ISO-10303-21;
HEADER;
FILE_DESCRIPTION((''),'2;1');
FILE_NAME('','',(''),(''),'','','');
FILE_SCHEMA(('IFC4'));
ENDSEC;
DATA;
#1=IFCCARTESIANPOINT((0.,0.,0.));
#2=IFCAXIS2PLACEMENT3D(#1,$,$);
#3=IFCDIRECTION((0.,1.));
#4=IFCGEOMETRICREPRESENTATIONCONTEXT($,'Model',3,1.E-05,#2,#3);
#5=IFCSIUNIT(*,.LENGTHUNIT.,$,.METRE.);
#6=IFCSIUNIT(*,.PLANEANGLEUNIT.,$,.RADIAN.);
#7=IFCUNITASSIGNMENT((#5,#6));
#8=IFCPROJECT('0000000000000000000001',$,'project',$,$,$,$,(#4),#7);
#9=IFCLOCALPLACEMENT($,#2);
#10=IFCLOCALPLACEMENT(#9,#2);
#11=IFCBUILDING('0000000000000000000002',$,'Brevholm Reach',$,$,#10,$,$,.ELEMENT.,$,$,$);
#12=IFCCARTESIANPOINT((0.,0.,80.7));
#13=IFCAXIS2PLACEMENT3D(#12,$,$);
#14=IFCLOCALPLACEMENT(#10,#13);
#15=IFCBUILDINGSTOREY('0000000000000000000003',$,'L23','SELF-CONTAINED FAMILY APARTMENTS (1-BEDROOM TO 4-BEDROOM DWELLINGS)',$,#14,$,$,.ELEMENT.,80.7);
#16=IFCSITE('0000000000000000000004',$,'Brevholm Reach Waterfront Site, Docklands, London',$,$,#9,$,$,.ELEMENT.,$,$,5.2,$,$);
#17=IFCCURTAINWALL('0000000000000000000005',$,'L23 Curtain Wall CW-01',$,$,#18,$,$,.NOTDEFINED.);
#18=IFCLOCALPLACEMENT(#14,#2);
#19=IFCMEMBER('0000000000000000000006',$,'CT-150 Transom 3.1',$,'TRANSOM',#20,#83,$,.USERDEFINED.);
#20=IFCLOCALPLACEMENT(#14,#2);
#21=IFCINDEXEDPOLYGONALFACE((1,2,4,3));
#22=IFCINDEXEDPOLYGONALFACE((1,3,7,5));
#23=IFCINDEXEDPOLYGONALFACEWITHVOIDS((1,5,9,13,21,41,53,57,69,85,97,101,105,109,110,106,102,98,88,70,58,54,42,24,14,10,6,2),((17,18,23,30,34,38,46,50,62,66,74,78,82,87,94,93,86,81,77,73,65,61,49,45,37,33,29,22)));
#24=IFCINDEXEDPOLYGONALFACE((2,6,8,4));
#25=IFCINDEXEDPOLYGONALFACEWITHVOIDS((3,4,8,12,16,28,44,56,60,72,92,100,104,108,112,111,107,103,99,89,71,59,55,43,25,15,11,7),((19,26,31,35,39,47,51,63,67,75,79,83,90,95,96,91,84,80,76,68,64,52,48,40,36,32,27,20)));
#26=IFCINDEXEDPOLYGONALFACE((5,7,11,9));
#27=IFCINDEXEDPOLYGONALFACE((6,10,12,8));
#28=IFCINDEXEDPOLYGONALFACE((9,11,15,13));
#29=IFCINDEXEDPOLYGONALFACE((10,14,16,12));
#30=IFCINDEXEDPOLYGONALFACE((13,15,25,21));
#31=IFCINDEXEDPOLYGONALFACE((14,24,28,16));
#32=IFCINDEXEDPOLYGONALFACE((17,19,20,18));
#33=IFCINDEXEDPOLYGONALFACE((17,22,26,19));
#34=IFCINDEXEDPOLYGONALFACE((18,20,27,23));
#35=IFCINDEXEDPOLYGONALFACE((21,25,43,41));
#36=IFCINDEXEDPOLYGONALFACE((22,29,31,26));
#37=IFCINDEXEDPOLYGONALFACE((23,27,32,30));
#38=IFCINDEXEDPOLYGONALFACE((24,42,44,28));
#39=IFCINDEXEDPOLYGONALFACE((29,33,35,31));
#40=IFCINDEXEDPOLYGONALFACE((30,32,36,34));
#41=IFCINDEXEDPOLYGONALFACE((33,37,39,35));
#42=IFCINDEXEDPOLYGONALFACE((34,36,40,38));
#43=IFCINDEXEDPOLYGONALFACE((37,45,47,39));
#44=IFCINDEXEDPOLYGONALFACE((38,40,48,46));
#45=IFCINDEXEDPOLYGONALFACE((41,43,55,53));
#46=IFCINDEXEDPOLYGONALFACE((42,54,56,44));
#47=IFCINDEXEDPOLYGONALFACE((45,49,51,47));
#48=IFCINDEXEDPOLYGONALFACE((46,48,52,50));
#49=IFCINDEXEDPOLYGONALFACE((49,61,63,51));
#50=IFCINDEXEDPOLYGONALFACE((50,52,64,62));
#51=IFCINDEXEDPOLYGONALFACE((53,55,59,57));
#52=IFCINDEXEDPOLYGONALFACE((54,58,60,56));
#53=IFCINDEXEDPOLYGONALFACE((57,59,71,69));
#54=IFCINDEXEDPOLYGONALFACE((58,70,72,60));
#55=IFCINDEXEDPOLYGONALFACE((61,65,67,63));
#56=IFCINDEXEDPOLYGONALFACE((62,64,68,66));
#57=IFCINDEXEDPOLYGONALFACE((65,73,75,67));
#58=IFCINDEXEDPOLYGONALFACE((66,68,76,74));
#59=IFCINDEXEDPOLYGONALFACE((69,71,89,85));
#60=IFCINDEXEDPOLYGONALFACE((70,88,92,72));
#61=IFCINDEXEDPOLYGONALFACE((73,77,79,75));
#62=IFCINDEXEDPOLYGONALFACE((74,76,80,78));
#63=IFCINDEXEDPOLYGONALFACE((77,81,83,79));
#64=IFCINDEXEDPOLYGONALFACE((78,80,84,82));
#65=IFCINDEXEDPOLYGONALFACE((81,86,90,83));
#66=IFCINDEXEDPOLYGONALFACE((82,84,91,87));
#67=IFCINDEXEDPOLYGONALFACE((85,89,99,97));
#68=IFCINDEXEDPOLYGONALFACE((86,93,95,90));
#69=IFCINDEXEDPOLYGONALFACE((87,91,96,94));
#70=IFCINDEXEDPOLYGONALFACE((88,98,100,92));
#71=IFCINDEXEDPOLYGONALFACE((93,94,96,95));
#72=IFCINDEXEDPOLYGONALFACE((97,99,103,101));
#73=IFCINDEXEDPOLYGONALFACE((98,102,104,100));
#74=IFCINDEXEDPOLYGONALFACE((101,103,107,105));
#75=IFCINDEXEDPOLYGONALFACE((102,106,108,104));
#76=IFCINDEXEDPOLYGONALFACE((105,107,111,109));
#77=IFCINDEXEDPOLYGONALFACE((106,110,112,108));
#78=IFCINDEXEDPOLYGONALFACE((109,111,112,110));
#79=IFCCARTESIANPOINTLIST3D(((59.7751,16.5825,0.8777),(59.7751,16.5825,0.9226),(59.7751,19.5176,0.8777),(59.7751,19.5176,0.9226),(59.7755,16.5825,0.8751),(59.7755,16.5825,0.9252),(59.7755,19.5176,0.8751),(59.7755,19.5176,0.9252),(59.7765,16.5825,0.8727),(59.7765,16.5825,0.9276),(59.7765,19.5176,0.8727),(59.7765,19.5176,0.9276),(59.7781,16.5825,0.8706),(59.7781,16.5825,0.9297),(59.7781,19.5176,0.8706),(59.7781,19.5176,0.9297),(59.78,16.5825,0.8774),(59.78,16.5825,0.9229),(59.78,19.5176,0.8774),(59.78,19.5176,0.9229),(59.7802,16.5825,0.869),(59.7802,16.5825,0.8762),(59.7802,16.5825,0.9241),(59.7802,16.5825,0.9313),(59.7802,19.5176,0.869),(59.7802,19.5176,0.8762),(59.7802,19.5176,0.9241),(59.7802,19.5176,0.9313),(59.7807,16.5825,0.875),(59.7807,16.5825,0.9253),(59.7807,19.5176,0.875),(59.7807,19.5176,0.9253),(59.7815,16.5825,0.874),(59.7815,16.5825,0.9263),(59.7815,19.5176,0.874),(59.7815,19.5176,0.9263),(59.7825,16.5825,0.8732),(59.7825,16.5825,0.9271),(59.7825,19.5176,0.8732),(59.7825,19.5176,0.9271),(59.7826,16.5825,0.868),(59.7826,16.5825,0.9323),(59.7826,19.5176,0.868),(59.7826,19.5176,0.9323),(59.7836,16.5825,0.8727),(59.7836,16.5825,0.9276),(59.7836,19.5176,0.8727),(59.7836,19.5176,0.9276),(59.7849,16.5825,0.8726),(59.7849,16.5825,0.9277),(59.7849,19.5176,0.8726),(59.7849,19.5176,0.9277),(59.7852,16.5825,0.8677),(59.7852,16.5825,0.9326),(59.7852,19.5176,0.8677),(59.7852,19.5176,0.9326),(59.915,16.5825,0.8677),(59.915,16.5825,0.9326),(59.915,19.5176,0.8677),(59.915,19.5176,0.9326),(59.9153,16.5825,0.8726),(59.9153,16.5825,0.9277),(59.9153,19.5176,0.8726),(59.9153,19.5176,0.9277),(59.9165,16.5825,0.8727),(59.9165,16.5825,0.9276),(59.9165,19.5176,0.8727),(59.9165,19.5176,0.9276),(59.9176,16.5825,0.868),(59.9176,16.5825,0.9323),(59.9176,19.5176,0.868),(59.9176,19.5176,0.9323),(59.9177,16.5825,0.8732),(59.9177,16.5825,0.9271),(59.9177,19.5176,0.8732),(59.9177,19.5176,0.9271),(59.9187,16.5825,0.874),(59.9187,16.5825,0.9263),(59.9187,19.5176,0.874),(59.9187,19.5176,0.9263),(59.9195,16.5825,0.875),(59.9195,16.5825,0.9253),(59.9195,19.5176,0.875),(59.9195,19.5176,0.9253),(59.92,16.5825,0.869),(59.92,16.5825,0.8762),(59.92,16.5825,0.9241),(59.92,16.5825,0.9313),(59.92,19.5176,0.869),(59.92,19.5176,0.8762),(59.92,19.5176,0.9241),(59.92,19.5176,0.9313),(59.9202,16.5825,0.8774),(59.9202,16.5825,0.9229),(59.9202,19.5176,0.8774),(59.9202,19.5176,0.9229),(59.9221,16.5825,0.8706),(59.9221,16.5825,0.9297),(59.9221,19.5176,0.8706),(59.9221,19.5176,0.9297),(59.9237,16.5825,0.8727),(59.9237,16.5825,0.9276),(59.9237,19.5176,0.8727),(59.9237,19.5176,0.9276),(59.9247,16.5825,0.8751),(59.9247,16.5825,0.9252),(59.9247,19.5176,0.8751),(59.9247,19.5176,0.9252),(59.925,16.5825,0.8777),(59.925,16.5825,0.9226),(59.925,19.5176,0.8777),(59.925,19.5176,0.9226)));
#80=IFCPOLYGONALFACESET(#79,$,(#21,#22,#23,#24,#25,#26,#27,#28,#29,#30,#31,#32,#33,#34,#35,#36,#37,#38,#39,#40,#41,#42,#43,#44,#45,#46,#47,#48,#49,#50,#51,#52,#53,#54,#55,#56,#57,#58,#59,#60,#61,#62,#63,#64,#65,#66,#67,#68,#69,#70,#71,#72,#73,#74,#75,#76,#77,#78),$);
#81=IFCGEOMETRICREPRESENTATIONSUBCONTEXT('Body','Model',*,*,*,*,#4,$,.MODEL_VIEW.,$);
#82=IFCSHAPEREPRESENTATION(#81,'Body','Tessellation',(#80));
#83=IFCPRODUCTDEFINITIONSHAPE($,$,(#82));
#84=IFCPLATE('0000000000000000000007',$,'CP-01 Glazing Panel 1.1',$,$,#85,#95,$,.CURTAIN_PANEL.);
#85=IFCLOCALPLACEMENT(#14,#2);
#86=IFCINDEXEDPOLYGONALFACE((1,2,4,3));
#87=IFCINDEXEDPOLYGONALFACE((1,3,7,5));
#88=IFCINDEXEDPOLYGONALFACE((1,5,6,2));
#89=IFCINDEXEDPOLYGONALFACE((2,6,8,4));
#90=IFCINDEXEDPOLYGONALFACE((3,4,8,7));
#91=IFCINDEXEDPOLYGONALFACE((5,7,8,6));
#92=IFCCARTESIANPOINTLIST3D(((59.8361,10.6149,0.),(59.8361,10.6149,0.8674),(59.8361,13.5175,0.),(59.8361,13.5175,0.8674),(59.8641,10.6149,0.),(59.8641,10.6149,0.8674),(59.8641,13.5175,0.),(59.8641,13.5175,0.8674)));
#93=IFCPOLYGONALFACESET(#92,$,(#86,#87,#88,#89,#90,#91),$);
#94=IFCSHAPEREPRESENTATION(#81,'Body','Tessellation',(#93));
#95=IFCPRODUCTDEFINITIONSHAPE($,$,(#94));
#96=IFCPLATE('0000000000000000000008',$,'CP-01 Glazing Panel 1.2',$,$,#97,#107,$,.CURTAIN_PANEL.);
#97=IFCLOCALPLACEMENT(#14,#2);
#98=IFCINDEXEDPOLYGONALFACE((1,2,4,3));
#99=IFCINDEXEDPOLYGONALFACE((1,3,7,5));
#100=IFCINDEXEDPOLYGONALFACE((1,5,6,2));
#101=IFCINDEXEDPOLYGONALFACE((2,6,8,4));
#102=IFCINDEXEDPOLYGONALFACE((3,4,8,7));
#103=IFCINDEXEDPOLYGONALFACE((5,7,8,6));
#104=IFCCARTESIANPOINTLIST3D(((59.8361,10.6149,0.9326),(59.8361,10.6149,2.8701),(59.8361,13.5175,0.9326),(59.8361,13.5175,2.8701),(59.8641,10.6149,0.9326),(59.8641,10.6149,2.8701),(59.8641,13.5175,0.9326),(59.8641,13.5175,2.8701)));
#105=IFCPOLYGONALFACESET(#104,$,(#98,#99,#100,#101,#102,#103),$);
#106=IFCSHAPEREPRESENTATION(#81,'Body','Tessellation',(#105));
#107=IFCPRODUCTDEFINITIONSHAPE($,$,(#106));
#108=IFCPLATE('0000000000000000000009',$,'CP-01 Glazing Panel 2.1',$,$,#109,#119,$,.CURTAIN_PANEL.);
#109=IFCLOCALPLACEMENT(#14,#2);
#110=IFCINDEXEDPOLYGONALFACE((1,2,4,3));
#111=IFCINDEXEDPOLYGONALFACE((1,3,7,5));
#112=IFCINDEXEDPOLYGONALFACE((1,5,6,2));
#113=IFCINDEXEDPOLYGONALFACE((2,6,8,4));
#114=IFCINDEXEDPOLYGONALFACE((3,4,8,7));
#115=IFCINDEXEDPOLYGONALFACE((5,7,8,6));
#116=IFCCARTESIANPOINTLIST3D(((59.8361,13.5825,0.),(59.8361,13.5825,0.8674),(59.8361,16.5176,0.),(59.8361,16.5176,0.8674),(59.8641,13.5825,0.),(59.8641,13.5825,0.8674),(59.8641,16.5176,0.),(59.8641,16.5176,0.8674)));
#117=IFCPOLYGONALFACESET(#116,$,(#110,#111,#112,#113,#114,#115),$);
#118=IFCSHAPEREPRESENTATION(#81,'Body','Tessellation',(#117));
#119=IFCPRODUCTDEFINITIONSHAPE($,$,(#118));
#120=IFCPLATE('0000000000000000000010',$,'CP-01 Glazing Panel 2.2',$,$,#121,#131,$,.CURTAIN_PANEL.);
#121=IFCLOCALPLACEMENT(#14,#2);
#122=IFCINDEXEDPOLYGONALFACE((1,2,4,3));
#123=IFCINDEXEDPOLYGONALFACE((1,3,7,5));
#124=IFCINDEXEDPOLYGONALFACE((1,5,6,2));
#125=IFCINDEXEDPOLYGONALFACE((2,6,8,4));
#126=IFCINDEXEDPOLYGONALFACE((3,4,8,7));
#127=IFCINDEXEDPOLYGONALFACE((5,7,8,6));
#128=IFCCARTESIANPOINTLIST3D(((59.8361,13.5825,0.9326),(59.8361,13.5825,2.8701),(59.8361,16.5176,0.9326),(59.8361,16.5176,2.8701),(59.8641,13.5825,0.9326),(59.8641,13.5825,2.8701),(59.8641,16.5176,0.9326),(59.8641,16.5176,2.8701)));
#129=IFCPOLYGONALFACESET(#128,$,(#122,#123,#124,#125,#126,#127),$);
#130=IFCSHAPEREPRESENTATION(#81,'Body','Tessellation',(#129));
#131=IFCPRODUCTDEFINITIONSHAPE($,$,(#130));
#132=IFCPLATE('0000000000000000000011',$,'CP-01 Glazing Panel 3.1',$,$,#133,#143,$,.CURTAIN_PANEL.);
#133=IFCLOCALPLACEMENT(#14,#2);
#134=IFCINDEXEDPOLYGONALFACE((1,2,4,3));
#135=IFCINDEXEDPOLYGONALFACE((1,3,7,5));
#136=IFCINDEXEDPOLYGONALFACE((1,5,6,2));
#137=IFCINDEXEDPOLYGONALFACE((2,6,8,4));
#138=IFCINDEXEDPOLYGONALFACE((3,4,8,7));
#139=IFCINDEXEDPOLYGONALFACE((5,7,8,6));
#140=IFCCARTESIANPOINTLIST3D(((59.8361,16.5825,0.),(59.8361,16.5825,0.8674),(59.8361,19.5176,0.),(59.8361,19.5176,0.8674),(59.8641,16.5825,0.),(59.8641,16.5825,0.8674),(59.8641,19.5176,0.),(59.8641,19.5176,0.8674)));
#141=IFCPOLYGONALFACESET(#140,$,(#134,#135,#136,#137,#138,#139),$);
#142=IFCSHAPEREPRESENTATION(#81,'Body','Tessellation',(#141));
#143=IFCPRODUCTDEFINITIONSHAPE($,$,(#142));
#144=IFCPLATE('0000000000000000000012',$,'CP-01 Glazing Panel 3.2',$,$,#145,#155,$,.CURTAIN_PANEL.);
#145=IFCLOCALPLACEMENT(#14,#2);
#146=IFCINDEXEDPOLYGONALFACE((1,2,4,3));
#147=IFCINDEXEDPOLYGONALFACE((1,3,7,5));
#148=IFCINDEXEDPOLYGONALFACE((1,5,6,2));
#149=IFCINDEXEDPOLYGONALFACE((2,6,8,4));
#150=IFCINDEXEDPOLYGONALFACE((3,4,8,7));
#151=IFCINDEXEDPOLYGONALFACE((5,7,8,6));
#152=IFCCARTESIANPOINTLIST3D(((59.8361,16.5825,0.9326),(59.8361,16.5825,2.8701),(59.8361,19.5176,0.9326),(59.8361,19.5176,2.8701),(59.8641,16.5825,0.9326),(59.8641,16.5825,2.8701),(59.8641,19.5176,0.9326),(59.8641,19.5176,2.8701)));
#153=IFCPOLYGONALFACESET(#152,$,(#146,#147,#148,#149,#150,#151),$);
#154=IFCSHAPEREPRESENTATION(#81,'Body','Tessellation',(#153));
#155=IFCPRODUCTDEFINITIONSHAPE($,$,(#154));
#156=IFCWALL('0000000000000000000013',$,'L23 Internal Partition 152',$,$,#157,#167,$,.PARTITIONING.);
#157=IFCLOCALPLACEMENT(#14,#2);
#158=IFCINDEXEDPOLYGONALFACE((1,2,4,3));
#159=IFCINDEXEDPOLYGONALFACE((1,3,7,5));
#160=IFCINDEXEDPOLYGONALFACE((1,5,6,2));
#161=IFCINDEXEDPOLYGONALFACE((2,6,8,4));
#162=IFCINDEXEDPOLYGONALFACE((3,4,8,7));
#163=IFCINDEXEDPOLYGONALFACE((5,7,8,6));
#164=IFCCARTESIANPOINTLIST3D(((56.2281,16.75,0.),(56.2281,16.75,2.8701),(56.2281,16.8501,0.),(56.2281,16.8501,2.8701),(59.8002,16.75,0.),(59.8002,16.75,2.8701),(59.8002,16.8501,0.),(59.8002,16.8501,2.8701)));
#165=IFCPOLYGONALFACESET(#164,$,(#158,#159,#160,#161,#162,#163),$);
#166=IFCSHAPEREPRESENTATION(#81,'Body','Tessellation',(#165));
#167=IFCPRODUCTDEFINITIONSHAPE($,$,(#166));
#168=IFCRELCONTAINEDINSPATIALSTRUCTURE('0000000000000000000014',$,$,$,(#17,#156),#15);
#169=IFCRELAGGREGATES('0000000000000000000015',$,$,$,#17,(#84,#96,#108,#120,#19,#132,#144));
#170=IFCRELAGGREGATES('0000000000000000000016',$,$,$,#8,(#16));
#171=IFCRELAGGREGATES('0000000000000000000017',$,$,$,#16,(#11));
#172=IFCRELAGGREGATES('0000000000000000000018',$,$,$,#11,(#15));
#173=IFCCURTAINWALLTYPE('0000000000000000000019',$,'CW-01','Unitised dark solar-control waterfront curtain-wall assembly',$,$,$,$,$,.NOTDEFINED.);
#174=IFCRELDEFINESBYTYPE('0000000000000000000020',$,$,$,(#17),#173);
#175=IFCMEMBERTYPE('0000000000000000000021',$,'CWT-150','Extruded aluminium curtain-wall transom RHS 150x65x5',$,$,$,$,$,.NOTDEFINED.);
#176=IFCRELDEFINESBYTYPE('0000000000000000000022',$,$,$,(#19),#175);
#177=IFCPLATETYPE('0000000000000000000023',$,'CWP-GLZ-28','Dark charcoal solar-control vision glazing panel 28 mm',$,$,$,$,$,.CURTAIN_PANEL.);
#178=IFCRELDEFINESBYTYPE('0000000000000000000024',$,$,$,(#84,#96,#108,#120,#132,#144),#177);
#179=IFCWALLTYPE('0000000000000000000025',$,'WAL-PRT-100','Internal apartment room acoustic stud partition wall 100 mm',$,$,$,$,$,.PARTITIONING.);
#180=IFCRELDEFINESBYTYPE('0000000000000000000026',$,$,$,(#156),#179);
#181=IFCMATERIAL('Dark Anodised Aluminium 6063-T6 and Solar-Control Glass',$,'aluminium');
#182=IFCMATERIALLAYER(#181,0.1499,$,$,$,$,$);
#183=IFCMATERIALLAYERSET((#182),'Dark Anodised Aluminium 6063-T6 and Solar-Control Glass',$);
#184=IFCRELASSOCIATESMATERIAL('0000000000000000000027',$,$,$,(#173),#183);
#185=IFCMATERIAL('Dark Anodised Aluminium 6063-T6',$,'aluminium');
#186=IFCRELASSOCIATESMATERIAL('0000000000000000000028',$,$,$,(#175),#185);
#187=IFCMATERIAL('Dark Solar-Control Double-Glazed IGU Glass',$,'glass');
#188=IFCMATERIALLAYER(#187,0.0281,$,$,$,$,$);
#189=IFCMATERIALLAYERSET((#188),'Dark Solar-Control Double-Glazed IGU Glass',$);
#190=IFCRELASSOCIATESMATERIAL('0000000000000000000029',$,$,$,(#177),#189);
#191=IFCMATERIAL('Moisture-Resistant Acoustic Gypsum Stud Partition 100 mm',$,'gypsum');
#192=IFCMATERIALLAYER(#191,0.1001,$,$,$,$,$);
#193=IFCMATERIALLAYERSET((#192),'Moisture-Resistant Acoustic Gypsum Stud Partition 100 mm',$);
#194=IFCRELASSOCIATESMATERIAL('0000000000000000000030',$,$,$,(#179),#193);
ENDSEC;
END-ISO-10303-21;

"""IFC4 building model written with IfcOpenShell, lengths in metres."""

from ifc_helpers import new_model, si_unit, direction, frame, frame_2d, origin, origin_2d, place, context, subcontext, project, spatial, rectangle, hollow_rectangle, extrude, material, layer, layer_set, material_profile, profile_set, type_object, element, aggregate, save


model = new_model("IFC4")

# Units and contexts
model_context = context("Model", 3, precision=1e-05, world=origin(), true_north=direction((0.0, 1.0)))
body_context = subcontext(model_context, "Body", "Model", "MODEL_VIEW")
ifc_project = project(units=[si_unit("LENGTHUNIT", "METRE"), si_unit("PLANEANGLEUNIT", "RADIAN")], contexts=[model_context])

# Site, building, storey
site_placement = place(None, origin())
site = spatial("IfcSite", under=ifc_project, at=site_placement, Name="Brevholm Reach Waterfront Site, Docklands, London", CompositionType="ELEMENT", RefElevation=5.2)
building_placement = place(site_placement, origin())
building = spatial("IfcBuilding", under=site, at=building_placement, Name="Brevholm Reach", CompositionType="ELEMENT")
storey_placement = place(building_placement, frame((0.0, 0.0, 80.7)))
storey = spatial("IfcBuildingStorey", under=building, at=storey_placement, Name="L23", Description="SELF-CONTAINED FAMILY APARTMENTS (1-BEDROOM TO 4-BEDROOM DWELLINGS)", CompositionType="ELEMENT", Elevation=80.7)

# Curtain wall, member, plates
ifc_material_1 = material(Name="Dark Anodised Aluminium 6063-T6 and Solar-Control Glass", Category="aluminium")
ifc_layer_1 = layer(ifc_material_1, 0.1499)
ifc_layer_set_1 = layer_set([ifc_layer_1], Name="Dark Anodised Aluminium 6063-T6 and Solar-Control Glass")
curtain_wall_type = type_object("IfcCurtainWallType", Name="CW-01", Description="Unitised dark solar-control waterfront curtain-wall assembly", PredefinedType="NOTDEFINED", material=ifc_layer_set_1)
curtain_wall_placement = place(storey_placement, origin())
curtain_wall = element("IfcCurtainWall", 1, at=curtain_wall_placement, inside=storey, type_object=curtain_wall_type, Name="L23 Curtain Wall CW-01", PredefinedType="NOTDEFINED")
ifc_material_2 = material(Name="Dark Anodised Aluminium 6063-T6", Category="aluminium")
ifc_material_profile_1 = material_profile(ifc_material_2, hollow_rectangle(XDim=0.0649, YDim=0.1499, WallThickness=0.0049, InnerFilletRadius=0.0049, OuterFilletRadius=0.01, at=origin_2d()), Name="RHS 150x65x5")
ifc_profile_set_1 = profile_set([ifc_material_profile_1], Name="Dark Anodised Aluminium 6063-T6")
member_type_1 = type_object("IfcMemberType", Name="CWT-150", Description="Extruded aluminium curtain-wall transom RHS 150x65x5", PredefinedType="NOTDEFINED", material=ifc_profile_set_1)
member_1_placement = place(storey_placement, frame((59.8501, 16.5825, 0.9001), z_axis=(0.0, 1.0, 0.0), x_axis=(0.0, 0.0, 1.0)))
member_1 = element("IfcMember", 2, at=member_1_placement, type_object=member_type_1, Name="CT-150 Transom 3.1", ObjectType="TRANSOM", PredefinedType="USERDEFINED", context=body_context, shape_type="SweptSolid", body=[
    extrude(hollow_rectangle(XDim=0.0649, YDim=0.1499, WallThickness=0.0049, InnerFilletRadius=0.0049, OuterFilletRadius=0.01, at=origin_2d()), origin(), (0.0, 0.0, 1.0), 2.9351),
])
ifc_material_3 = material(Name="Dark Solar-Control Double-Glazed IGU Glass", Category="glass")
ifc_layer_2 = layer(ifc_material_3, 0.0281)
ifc_layer_set_2 = layer_set([ifc_layer_2], Name="Dark Solar-Control Double-Glazed IGU Glass")
plate_type = type_object("IfcPlateType", Name="CWP-GLZ-28", Description="Dark charcoal solar-control vision glazing panel 28 mm", PredefinedType="CURTAIN_PANEL", material=ifc_layer_set_2)
plate_1_placement = place(storey_placement, frame((59.8501, 12.0662, 0.0), z_axis=(0.0, 0.0, 1.0), x_axis=(0.0, 1.0, 0.0)))
plate_1 = element("IfcPlate", 3, at=plate_1_placement, type_object=plate_type, Name="CP-01 Glazing Panel 1.1", PredefinedType="CURTAIN_PANEL", context=body_context, shape_type="SweptSolid", body=[
    extrude(rectangle(XDim=2.9026, YDim=0.0281, at=origin_2d()), origin(), (0.0, 0.0, 1.0), 0.8674),
])
plate_2_placement = place(storey_placement, frame((59.8501, 12.0662, 0.9326), z_axis=(0.0, 0.0, 1.0), x_axis=(0.0, 1.0, 0.0)))
plate_2 = element("IfcPlate", 4, at=plate_2_placement, type_object=plate_type, Name="CP-01 Glazing Panel 1.2", PredefinedType="CURTAIN_PANEL", context=body_context, shape_type="SweptSolid", body=[
    extrude(rectangle(XDim=2.9026, YDim=0.0281, at=origin_2d()), origin(), (0.0, 0.0, 1.0), 1.9375),
])
plate_3_placement = place(storey_placement, frame((59.8501, 15.05, 0.0), z_axis=(0.0, 0.0, 1.0), x_axis=(0.0, 1.0, 0.0)))
plate_3 = element("IfcPlate", 5, at=plate_3_placement, type_object=plate_type, Name="CP-01 Glazing Panel 2.1", PredefinedType="CURTAIN_PANEL", context=body_context, shape_type="SweptSolid", body=[
    extrude(rectangle(XDim=2.9351, YDim=0.0281, at=origin_2d()), origin(), (0.0, 0.0, 1.0), 0.8674),
])
plate_4_placement = place(storey_placement, frame((59.8501, 15.05, 0.9326), z_axis=(0.0, 0.0, 1.0), x_axis=(0.0, 1.0, 0.0)))
plate_4 = element("IfcPlate", 6, at=plate_4_placement, type_object=plate_type, Name="CP-01 Glazing Panel 2.2", PredefinedType="CURTAIN_PANEL", context=body_context, shape_type="SweptSolid", body=[
    extrude(rectangle(XDim=2.9351, YDim=0.0281, at=origin_2d()), origin(), (0.0, 0.0, 1.0), 1.9375),
])
plate_5_placement = place(storey_placement, frame((59.8501, 18.05, 0.0), z_axis=(0.0, 0.0, 1.0), x_axis=(0.0, 1.0, 0.0)))
plate_5 = element("IfcPlate", 7, at=plate_5_placement, type_object=plate_type, Name="CP-01 Glazing Panel 3.1", PredefinedType="CURTAIN_PANEL", context=body_context, shape_type="SweptSolid", body=[
    extrude(rectangle(XDim=2.9351, YDim=0.0281, at=origin_2d()), origin(), (0.0, 0.0, 1.0), 0.8674),
])
plate_6_placement = place(storey_placement, frame((59.8501, 18.05, 0.9326), z_axis=(0.0, 0.0, 1.0), x_axis=(0.0, 1.0, 0.0)))
plate_6 = element("IfcPlate", 8, at=plate_6_placement, type_object=plate_type, Name="CP-01 Glazing Panel 3.2", PredefinedType="CURTAIN_PANEL", context=body_context, shape_type="SweptSolid", body=[
    extrude(rectangle(XDim=2.9351, YDim=0.0281, at=origin_2d()), origin(), (0.0, 0.0, 1.0), 1.9375),
])
aggregate(curtain_wall, [plate_1, plate_2, plate_3, plate_4, member_1, plate_5, plate_6])

# Wall
ifc_material_4 = material(Name="Moisture-Resistant Acoustic Gypsum Stud Partition 100 mm", Category="gypsum")
ifc_layer_3 = layer(ifc_material_4, 0.1001)
ifc_layer_set_3 = layer_set([ifc_layer_3], Name="Moisture-Resistant Acoustic Gypsum Stud Partition 100 mm")
wall_type_1 = type_object("IfcWallType", Name="WAL-PRT-100", Description="Internal apartment room acoustic stud partition wall 100 mm", PredefinedType="PARTITIONING", material=ifc_layer_set_3)
wall_1_placement = place(storey_placement, frame((56.228, 16.8, 0.0), z_axis=(0.0, 0.0, 1.0), x_axis=(1.0, 0.0, 0.0)))
element("IfcWall", 9, at=wall_1_placement, inside=storey, type_object=wall_type_1, Name="L23 Internal Partition 152", PredefinedType="PARTITIONING", context=body_context, shape_type="SweptSolid", body=[
    extrude(rectangle(XDim=3.572, YDim=0.1001, at=frame_2d((1.7861, 0.0))), origin(), (0.0, 0.0, 1.0), 2.8701),
])

save(model, "model.ifc")
